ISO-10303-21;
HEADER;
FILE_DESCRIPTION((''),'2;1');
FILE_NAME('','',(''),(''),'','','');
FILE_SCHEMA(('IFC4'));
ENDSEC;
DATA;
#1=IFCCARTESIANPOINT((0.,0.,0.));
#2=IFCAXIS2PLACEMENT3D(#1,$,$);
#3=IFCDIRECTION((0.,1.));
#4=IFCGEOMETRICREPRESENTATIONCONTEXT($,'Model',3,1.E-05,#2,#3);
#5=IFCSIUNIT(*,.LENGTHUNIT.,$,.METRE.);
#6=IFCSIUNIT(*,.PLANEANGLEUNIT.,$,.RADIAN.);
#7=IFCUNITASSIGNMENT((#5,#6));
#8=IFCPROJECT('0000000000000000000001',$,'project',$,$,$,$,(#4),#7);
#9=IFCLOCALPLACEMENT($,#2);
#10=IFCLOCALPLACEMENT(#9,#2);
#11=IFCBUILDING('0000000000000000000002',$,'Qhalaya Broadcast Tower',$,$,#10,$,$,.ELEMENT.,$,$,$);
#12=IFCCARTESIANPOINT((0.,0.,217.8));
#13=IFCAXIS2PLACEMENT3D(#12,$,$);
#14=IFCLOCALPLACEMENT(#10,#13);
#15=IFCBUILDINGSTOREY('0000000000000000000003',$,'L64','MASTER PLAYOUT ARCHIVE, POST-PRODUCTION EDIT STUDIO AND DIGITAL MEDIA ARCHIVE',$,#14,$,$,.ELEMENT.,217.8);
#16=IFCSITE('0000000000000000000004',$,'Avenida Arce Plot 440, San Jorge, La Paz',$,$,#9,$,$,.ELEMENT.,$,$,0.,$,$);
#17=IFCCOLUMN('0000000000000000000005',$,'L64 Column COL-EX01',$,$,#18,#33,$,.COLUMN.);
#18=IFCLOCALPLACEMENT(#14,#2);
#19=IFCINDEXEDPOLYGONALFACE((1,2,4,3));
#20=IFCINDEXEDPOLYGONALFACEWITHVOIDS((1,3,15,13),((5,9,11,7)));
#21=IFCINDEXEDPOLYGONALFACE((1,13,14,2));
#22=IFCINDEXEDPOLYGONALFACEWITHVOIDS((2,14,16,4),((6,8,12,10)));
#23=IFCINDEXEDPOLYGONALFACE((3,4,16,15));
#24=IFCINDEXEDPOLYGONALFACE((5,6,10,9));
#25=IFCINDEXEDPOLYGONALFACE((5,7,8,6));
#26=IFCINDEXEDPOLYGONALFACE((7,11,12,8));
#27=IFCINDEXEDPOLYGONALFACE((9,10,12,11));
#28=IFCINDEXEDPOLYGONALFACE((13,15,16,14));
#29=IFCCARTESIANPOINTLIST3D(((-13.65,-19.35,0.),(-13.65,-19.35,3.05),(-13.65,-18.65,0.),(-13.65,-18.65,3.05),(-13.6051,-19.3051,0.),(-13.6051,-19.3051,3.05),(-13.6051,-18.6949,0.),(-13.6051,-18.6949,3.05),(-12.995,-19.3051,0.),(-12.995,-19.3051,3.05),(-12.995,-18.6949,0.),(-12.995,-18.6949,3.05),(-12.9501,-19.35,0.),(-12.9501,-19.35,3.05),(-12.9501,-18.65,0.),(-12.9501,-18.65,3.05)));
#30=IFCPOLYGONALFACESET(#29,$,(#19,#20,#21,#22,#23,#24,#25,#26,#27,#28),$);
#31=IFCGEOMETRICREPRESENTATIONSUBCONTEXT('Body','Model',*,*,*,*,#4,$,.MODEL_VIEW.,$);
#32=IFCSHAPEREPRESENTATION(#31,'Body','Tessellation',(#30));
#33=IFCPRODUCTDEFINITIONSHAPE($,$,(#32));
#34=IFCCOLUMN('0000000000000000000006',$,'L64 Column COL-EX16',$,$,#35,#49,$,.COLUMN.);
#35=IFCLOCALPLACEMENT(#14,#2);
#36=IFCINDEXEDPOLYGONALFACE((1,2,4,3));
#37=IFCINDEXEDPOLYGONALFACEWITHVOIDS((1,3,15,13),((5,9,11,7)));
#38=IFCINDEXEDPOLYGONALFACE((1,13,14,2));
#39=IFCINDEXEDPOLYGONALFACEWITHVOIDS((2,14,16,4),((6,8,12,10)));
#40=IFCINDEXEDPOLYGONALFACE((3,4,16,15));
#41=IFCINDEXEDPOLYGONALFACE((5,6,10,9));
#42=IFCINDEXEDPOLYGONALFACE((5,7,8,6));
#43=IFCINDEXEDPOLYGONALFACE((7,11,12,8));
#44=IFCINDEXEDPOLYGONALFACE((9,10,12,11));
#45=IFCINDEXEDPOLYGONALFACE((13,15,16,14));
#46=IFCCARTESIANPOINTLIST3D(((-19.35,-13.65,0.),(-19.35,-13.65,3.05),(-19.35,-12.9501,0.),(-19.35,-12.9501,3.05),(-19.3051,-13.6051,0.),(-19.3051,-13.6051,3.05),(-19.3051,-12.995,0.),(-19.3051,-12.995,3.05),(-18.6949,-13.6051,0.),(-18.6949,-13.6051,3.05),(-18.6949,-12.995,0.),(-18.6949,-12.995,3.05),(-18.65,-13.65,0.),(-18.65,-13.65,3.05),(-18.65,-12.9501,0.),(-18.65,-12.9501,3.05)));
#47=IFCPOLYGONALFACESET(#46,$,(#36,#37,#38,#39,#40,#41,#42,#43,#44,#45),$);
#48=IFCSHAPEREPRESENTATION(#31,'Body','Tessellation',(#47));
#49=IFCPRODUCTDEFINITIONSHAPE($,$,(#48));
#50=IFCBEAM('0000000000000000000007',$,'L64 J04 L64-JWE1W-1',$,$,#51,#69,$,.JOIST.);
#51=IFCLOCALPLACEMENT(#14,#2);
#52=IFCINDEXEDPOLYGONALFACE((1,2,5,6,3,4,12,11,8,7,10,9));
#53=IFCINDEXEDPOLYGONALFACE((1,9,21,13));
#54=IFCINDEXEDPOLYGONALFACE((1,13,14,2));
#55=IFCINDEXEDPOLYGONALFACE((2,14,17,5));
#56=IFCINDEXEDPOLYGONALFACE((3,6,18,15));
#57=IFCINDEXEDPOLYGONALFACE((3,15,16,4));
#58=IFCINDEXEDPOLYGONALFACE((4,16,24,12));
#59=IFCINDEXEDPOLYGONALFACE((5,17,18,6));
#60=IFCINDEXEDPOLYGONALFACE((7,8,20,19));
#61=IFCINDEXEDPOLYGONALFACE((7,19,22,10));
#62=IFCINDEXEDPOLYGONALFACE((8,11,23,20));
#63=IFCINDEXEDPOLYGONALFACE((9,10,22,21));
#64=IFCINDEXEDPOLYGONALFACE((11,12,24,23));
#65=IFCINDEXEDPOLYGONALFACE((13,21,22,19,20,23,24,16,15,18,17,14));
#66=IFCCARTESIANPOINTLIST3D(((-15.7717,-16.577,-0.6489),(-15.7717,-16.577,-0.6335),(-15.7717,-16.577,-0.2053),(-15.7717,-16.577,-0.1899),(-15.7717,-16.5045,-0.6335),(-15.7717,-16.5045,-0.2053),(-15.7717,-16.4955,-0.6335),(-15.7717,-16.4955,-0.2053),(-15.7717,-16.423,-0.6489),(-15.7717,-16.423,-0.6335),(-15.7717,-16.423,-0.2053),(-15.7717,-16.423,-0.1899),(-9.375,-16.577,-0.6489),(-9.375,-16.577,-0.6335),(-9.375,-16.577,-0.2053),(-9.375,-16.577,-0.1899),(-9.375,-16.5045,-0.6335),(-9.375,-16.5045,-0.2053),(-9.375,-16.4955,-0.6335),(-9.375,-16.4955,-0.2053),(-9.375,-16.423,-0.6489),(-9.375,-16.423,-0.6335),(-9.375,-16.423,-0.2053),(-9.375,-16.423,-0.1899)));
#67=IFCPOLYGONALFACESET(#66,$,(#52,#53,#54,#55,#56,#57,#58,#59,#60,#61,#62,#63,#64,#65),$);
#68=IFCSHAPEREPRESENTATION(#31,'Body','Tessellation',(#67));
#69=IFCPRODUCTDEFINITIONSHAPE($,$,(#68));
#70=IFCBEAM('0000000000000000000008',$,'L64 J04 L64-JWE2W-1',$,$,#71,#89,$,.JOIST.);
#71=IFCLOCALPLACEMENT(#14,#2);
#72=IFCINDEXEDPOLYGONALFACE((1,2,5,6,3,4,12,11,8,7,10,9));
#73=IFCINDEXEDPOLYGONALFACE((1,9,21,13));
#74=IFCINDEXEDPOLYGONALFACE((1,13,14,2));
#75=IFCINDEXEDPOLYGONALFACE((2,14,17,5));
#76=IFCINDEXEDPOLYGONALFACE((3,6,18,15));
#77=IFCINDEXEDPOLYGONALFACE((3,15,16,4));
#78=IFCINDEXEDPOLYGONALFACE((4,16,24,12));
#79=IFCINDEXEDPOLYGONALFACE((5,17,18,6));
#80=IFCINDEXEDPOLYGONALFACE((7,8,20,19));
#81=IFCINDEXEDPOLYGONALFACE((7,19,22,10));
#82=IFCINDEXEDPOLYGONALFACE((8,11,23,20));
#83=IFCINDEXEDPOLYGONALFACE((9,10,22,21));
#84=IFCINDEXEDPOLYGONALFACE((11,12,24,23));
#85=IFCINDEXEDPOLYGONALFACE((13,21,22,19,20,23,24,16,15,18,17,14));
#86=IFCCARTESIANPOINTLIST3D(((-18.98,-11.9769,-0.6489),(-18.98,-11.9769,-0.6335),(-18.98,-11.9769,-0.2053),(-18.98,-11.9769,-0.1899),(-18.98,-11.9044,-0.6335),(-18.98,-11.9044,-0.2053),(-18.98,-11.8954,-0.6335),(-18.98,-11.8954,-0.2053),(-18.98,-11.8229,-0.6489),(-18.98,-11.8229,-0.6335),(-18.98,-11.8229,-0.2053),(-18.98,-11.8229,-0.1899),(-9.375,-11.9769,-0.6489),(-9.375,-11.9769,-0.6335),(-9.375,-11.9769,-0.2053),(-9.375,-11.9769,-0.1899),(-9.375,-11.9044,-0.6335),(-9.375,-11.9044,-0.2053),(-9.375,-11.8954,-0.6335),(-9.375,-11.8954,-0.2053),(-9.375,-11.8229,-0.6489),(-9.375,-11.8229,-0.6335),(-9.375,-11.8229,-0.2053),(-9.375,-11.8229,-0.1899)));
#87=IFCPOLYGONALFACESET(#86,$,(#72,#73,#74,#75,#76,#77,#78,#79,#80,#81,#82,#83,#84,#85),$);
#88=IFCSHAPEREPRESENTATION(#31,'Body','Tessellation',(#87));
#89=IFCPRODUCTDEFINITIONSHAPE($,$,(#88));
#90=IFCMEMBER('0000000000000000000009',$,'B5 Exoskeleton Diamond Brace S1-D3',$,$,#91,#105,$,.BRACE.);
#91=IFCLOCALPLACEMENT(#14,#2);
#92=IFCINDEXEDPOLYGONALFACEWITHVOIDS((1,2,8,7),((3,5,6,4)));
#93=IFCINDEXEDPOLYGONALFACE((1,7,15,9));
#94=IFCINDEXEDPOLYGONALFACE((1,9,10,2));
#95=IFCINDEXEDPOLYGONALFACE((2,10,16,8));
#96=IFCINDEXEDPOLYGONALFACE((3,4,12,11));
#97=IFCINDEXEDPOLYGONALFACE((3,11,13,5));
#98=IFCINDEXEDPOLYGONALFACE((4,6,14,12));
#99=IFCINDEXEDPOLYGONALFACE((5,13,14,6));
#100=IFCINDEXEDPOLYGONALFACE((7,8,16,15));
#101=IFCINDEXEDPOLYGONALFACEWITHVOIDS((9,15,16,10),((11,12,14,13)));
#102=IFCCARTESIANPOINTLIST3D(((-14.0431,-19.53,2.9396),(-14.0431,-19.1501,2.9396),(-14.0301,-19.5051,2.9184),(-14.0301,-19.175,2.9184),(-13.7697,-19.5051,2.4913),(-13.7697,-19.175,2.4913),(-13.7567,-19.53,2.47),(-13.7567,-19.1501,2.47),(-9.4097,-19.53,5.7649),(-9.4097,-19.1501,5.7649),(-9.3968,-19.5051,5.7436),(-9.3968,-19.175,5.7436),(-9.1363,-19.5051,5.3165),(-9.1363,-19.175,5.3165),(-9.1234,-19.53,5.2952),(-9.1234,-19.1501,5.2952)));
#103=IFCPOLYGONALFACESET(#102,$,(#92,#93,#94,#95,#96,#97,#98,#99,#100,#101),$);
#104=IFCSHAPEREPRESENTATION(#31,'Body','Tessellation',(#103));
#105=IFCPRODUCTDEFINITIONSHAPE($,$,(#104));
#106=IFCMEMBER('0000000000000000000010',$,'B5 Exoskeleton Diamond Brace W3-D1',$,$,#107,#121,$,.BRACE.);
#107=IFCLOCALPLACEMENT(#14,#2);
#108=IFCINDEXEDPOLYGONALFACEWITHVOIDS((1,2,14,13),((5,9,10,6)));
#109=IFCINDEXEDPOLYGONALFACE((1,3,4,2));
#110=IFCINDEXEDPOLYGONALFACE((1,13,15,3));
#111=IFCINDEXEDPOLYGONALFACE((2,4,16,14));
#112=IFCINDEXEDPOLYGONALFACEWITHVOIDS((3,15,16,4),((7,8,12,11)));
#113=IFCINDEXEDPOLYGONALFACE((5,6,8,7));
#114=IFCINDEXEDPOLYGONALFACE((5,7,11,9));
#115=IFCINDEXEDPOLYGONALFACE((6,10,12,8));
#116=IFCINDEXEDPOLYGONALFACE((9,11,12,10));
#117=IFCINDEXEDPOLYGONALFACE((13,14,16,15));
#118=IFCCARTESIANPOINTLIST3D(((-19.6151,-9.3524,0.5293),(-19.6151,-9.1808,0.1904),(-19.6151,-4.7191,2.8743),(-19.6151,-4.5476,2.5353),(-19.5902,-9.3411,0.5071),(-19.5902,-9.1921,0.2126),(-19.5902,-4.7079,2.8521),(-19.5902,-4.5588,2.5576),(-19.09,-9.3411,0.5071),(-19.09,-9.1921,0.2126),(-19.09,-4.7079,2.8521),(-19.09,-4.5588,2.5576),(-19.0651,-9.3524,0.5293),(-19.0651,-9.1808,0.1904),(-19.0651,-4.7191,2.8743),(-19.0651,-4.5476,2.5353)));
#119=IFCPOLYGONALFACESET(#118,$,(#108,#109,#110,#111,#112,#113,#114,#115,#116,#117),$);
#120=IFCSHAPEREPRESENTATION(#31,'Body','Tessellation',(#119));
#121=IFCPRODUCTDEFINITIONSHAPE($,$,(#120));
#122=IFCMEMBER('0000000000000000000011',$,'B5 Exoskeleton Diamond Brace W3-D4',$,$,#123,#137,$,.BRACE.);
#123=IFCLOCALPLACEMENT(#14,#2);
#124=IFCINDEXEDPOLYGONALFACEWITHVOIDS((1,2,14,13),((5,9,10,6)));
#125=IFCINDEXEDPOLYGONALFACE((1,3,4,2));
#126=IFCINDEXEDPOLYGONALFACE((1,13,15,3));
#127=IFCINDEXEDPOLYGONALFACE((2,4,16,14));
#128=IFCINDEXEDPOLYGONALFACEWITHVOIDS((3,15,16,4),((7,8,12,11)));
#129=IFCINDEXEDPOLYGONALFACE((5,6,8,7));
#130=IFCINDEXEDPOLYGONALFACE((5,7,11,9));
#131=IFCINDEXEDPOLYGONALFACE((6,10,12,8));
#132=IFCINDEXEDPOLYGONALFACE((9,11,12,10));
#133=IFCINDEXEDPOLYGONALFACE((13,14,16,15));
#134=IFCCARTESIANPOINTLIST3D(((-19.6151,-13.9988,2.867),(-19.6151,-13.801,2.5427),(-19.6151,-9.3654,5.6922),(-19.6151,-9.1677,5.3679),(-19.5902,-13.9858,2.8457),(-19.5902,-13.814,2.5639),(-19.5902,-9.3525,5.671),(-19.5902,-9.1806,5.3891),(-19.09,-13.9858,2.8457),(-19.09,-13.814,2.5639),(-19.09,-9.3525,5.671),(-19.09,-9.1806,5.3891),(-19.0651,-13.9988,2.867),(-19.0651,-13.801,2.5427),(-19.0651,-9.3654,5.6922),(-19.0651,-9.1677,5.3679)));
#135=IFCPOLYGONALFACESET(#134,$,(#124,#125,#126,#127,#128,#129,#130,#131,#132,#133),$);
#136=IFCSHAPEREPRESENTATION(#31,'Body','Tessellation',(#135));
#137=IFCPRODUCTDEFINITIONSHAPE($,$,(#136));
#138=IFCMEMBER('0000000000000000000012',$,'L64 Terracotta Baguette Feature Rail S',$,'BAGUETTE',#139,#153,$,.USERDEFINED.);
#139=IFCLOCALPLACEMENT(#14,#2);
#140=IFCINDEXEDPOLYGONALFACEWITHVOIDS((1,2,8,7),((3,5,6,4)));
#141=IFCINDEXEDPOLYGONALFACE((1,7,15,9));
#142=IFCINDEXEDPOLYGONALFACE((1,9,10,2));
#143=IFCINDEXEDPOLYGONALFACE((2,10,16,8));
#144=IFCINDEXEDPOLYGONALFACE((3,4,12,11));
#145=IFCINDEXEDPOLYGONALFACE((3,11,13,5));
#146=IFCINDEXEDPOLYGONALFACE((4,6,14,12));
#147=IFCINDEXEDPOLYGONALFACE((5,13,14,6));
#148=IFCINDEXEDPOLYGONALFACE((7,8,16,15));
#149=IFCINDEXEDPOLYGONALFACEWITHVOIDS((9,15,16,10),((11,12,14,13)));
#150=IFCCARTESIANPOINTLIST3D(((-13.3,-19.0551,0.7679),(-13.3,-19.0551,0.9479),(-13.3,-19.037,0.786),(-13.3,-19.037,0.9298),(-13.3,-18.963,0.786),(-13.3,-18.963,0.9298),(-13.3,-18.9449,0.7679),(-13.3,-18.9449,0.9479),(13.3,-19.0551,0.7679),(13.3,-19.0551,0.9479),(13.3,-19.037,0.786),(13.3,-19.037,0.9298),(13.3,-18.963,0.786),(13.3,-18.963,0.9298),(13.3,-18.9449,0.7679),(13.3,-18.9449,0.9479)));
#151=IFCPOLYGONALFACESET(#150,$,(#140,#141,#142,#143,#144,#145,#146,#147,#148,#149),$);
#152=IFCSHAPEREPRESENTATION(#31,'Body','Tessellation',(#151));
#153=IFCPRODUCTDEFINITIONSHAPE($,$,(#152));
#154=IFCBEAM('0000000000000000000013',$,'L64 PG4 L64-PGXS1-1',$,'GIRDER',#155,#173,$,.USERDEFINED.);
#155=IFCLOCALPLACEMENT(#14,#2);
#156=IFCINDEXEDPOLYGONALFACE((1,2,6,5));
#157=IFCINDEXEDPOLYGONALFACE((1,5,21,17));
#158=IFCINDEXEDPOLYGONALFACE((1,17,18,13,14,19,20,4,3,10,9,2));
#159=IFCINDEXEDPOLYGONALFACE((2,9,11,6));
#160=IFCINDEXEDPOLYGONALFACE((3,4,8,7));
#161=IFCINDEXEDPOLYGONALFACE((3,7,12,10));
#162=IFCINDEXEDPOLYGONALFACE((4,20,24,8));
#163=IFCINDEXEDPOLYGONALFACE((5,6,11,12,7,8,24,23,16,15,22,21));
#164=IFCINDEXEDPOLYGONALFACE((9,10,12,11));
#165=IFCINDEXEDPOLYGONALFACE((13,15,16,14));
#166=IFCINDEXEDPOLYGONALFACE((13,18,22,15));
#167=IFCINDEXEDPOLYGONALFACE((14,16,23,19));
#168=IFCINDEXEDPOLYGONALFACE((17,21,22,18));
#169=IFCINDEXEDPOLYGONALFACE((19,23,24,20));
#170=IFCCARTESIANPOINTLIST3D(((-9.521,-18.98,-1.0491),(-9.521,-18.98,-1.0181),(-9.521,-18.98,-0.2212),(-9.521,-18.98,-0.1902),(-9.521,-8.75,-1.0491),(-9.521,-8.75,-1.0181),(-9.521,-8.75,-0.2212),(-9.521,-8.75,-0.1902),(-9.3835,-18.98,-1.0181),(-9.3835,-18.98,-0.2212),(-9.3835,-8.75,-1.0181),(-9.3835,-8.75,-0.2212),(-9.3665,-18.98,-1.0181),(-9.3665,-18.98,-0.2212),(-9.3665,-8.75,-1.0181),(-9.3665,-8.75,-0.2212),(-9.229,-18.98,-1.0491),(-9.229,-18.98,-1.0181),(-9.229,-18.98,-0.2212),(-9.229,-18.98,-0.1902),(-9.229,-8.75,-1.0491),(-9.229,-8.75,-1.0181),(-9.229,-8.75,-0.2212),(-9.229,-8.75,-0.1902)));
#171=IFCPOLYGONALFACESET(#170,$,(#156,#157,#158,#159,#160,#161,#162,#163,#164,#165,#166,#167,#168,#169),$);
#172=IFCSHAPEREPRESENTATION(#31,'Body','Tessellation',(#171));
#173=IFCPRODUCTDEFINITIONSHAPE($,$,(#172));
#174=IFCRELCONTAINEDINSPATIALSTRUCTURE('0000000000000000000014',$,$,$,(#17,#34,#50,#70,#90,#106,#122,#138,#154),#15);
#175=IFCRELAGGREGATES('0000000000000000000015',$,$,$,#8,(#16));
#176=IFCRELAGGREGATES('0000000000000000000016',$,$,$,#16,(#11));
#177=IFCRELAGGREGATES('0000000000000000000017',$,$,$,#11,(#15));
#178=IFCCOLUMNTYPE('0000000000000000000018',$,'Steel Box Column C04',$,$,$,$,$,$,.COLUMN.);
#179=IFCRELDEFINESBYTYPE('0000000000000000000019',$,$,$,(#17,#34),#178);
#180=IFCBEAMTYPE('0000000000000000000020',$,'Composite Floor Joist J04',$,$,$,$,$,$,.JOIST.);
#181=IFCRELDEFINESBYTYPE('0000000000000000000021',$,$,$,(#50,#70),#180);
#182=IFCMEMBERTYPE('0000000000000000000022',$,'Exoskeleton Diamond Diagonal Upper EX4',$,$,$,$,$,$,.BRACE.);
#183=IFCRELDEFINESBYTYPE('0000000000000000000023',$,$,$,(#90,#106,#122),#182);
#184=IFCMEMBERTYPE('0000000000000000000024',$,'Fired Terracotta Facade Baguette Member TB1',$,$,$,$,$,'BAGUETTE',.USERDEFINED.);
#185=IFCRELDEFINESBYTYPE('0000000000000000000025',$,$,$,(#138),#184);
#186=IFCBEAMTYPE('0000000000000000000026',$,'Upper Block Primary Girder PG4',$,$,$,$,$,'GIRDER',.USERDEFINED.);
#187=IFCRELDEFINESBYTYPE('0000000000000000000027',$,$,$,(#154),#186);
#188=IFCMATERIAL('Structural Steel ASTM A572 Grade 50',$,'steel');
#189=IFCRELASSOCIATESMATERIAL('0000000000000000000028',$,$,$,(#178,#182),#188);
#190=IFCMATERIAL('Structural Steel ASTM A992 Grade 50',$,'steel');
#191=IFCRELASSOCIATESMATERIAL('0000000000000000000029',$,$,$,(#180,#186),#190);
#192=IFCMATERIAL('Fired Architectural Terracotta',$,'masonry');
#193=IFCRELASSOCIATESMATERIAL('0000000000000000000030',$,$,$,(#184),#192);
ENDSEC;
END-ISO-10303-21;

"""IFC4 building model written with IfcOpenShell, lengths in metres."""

from ifc_helpers import new_model, si_unit, direction, frame, origin, origin_2d, place, context, subcontext, project, spatial, hollow_rectangle, i_section, extrude, material, material_profile, profile_set, type_object, element, save


model = new_model("IFC4")

# Units and contexts
model_context = context("Model", 3, precision=1e-05, world=origin(), true_north=direction((0.0, 1.0)))
body_context = subcontext(model_context, "Body", "Model", "MODEL_VIEW")
ifc_project = project(units=[si_unit("LENGTHUNIT", "METRE"), si_unit("PLANEANGLEUNIT", "RADIAN")], contexts=[model_context])

# Site, building, storey
site_placement = place(None, origin())
site = spatial("IfcSite", under=ifc_project, at=site_placement, Name="Avenida Arce Plot 440, San Jorge, La Paz", CompositionType="ELEMENT", RefElevation=0.0)
building_placement = place(site_placement, origin())
building = spatial("IfcBuilding", under=site, at=building_placement, Name="Qhalaya Broadcast Tower", CompositionType="ELEMENT")
storey_placement = place(building_placement, frame((0.0, 0.0, 217.8)))
storey = spatial("IfcBuildingStorey", under=building, at=storey_placement, Name="L64", Description="MASTER PLAYOUT ARCHIVE, POST-PRODUCTION EDIT STUDIO AND DIGITAL MEDIA ARCHIVE", CompositionType="ELEMENT", Elevation=217.8)

# Columns
ifc_material_1 = material(Name="Structural Steel ASTM A572 Grade 50", Category="steel")
ifc_material_profile_1 = material_profile(ifc_material_1, hollow_rectangle(XDim=0.7, YDim=0.7, WallThickness=0.0449, at=origin_2d()), Name="BOX 700x700x45")
ifc_profile_set_1 = profile_set([ifc_material_profile_1], Name="Structural Steel ASTM A572 Grade 50")
column_type = type_object("IfcColumnType", Name="Steel Box Column C04", PredefinedType="COLUMN", material=ifc_profile_set_1)
for number, where, z_axis, x_axis, name in (
    (1, (-13.3, -19.0, 0.0), (0.0, 0.0, 1.0), (1.0, 0.0, 0.0), "L64 Column COL-EX01"),
    (2, (-19.0, -13.3, 0.0), (0.0, 0.0, 1.0), (0.0, 1.0, 0.0), "L64 Column COL-EX16"),
):
    element("IfcColumn", number, at=place(storey_placement, frame(where, z_axis=z_axis, x_axis=x_axis)), inside=storey, type_object=column_type, Name=name, PredefinedType="COLUMN", context=body_context, shape_type="SweptSolid", body=[
        extrude(hollow_rectangle(XDim=0.7, YDim=0.7, WallThickness=0.0449, at=origin_2d()), origin(), (0.0, 0.0, 1.0), 3.05),
    ])

# Beams
ifc_material_2 = material(Name="Structural Steel ASTM A992 Grade 50", Category="steel")
ifc_material_profile_2 = material_profile(ifc_material_2, i_section(OverallWidth=0.1541, OverallDepth=0.459, WebThickness=0.009, FlangeThickness=0.0154, at=origin_2d()), Name="W18X46")
ifc_profile_set_2 = profile_set([ifc_material_profile_2], Name="Structural Steel ASTM A992 Grade 50")
beam_type_1 = type_object("IfcBeamType", Name="Composite Floor Joist J04", PredefinedType="JOIST", material=ifc_profile_set_2)
beam_1_placement = place(storey_placement, frame((-15.7717, -16.5, -0.4194), z_axis=(1.0, 0.0, 0.0), x_axis=(0.0, 1.0, 0.0)))
element("IfcBeam", 3, at=beam_1_placement, inside=storey, type_object=beam_type_1, Name="L64 J04 L64-JWE1W-1", PredefinedType="JOIST", context=body_context, shape_type="SweptSolid", body=[
    extrude(i_section(OverallWidth=0.1541, OverallDepth=0.459, WebThickness=0.009, FlangeThickness=0.0154, at=origin_2d()), origin(), (0.0, 0.0, 1.0), 6.3967),
])
beam_2_placement = place(storey_placement, frame((-18.98, -11.8999, -0.4194), z_axis=(1.0, 0.0, 0.0), x_axis=(0.0, 1.0, 0.0)))
element("IfcBeam", 4, at=beam_2_placement, inside=storey, type_object=beam_type_1, Name="L64 J04 L64-JWE2W-1", PredefinedType="JOIST", context=body_context, shape_type="SweptSolid", body=[
    extrude(i_section(OverallWidth=0.1541, OverallDepth=0.459, WebThickness=0.009, FlangeThickness=0.0154, at=origin_2d()), origin(), (0.0, 0.0, 1.0), 9.605),
])

# Members
ifc_material_profile_3 = material_profile(ifc_material_1, hollow_rectangle(XDim=0.3799, YDim=0.55, WallThickness=0.0249, at=origin_2d()), Name="BOX 380x550x25")
ifc_profile_set_3 = profile_set([ifc_material_profile_3], Name="Structural Steel ASTM A572 Grade 50")
member_type_1 = type_object("IfcMemberType", Name="Exoskeleton Diamond Diagonal Upper EX4", PredefinedType="BRACE", material=ifc_profile_set_3)
member_1_placement = place(storey_placement, frame((-13.8999, -19.3401, 2.7048), z_axis=(0.853795, 0.0, 0.520609), x_axis=(0.0, 1.0, 0.0)))
element("IfcMember", 5, at=member_1_placement, inside=storey, type_object=member_type_1, Name="B5 Exoskeleton Diamond Brace S1-D3", PredefinedType="BRACE", context=body_context, shape_type="SweptSolid", body=[
    extrude(hollow_rectangle(XDim=0.3799, YDim=0.55, WallThickness=0.0249, at=origin_2d()), origin(), (0.0, 0.0, 1.0), 5.4268),
])
member_2_placement = place(storey_placement, frame((-19.3401, -9.2666, 0.3599), z_axis=(0.0, 0.892235, 0.451571), x_axis=(0.0, -0.451571, 0.892235)))
element("IfcMember", 6, at=member_2_placement, inside=storey, type_object=member_type_1, Name="B5 Exoskeleton Diamond Brace W3-D1", PredefinedType="BRACE", context=body_context, shape_type="SweptSolid", body=[
    extrude(hollow_rectangle(XDim=0.3799, YDim=0.55, WallThickness=0.0249, at=origin_2d()), origin(), (0.0, 0.0, 1.0), 5.1929),
])
member_3_placement = place(storey_placement, frame((-19.3401, -13.8999, 2.7048), z_axis=(0.0, 0.853795, 0.520609), x_axis=(0.0, -0.520609, 0.853795)))
element("IfcMember", 7, at=member_3_placement, inside=storey, type_object=member_type_1, Name="B5 Exoskeleton Diamond Brace W3-D4", PredefinedType="BRACE", context=body_context, shape_type="SweptSolid", body=[
    extrude(hollow_rectangle(XDim=0.3799, YDim=0.55, WallThickness=0.0249, at=origin_2d()), origin(), (0.0, 0.0, 1.0), 5.4268),
])
ifc_material_3 = material(Name="Fired Architectural Terracotta", Category="masonry")
ifc_material_profile_4 = material_profile(ifc_material_3, hollow_rectangle(XDim=0.1101, YDim=0.1799, WallThickness=0.0181, at=origin_2d()), Name="TB-BAG 110x180x18")
ifc_profile_set_4 = profile_set([ifc_material_profile_4], Name="Fired Architectural Terracotta")
member_type_2 = type_object("IfcMemberType", Name="Fired Terracotta Facade Baguette Member TB1", ElementType="BAGUETTE", PredefinedType="USERDEFINED", material=ifc_profile_set_4)
member_4_placement = place(storey_placement, frame((-13.3, -19.0, 0.8579), z_axis=(1.0, 0.0, 0.0), x_axis=(0.0, 1.0, 0.0)))
element("IfcMember", 8, at=member_4_placement, inside=storey, type_object=member_type_2, Name="L64 Terracotta Baguette Feature Rail S", ObjectType="BAGUETTE", PredefinedType="USERDEFINED", context=body_context, shape_type="SweptSolid", body=[
    extrude(hollow_rectangle(XDim=0.1101, YDim=0.1799, WallThickness=0.0181, at=origin_2d()), origin(), (0.0, 0.0, 1.0), 26.6001),
])

# Beam
ifc_material_profile_5 = material_profile(ifc_material_2, i_section(OverallWidth=0.292, OverallDepth=0.8589, WebThickness=0.0171, FlangeThickness=0.031, at=origin_2d()), Name="W33X169")
ifc_profile_set_5 = profile_set([ifc_material_profile_5], Name="Structural Steel ASTM A992 Grade 50")
beam_type_2 = type_object("IfcBeamType", Name="Upper Block Primary Girder PG4", ElementType="GIRDER", PredefinedType="USERDEFINED", material=ifc_profile_set_5)
beam_3_placement = place(storey_placement, frame((-9.375, -18.98, -0.6196), z_axis=(0.0, 1.0, 0.0), x_axis=(-1.0, 0.0, 0.0)))
element("IfcBeam", 9, at=beam_3_placement, inside=storey, type_object=beam_type_2, Name="L64 PG4 L64-PGXS1-1", ObjectType="GIRDER", PredefinedType="USERDEFINED", context=body_context, shape_type="SweptSolid", body=[
    extrude(i_section(OverallWidth=0.292, OverallDepth=0.8589, WebThickness=0.0171, FlangeThickness=0.031, at=origin_2d()), origin(), (0.0, 0.0, 1.0), 10.23),
])

save(model, "model.ifc")
